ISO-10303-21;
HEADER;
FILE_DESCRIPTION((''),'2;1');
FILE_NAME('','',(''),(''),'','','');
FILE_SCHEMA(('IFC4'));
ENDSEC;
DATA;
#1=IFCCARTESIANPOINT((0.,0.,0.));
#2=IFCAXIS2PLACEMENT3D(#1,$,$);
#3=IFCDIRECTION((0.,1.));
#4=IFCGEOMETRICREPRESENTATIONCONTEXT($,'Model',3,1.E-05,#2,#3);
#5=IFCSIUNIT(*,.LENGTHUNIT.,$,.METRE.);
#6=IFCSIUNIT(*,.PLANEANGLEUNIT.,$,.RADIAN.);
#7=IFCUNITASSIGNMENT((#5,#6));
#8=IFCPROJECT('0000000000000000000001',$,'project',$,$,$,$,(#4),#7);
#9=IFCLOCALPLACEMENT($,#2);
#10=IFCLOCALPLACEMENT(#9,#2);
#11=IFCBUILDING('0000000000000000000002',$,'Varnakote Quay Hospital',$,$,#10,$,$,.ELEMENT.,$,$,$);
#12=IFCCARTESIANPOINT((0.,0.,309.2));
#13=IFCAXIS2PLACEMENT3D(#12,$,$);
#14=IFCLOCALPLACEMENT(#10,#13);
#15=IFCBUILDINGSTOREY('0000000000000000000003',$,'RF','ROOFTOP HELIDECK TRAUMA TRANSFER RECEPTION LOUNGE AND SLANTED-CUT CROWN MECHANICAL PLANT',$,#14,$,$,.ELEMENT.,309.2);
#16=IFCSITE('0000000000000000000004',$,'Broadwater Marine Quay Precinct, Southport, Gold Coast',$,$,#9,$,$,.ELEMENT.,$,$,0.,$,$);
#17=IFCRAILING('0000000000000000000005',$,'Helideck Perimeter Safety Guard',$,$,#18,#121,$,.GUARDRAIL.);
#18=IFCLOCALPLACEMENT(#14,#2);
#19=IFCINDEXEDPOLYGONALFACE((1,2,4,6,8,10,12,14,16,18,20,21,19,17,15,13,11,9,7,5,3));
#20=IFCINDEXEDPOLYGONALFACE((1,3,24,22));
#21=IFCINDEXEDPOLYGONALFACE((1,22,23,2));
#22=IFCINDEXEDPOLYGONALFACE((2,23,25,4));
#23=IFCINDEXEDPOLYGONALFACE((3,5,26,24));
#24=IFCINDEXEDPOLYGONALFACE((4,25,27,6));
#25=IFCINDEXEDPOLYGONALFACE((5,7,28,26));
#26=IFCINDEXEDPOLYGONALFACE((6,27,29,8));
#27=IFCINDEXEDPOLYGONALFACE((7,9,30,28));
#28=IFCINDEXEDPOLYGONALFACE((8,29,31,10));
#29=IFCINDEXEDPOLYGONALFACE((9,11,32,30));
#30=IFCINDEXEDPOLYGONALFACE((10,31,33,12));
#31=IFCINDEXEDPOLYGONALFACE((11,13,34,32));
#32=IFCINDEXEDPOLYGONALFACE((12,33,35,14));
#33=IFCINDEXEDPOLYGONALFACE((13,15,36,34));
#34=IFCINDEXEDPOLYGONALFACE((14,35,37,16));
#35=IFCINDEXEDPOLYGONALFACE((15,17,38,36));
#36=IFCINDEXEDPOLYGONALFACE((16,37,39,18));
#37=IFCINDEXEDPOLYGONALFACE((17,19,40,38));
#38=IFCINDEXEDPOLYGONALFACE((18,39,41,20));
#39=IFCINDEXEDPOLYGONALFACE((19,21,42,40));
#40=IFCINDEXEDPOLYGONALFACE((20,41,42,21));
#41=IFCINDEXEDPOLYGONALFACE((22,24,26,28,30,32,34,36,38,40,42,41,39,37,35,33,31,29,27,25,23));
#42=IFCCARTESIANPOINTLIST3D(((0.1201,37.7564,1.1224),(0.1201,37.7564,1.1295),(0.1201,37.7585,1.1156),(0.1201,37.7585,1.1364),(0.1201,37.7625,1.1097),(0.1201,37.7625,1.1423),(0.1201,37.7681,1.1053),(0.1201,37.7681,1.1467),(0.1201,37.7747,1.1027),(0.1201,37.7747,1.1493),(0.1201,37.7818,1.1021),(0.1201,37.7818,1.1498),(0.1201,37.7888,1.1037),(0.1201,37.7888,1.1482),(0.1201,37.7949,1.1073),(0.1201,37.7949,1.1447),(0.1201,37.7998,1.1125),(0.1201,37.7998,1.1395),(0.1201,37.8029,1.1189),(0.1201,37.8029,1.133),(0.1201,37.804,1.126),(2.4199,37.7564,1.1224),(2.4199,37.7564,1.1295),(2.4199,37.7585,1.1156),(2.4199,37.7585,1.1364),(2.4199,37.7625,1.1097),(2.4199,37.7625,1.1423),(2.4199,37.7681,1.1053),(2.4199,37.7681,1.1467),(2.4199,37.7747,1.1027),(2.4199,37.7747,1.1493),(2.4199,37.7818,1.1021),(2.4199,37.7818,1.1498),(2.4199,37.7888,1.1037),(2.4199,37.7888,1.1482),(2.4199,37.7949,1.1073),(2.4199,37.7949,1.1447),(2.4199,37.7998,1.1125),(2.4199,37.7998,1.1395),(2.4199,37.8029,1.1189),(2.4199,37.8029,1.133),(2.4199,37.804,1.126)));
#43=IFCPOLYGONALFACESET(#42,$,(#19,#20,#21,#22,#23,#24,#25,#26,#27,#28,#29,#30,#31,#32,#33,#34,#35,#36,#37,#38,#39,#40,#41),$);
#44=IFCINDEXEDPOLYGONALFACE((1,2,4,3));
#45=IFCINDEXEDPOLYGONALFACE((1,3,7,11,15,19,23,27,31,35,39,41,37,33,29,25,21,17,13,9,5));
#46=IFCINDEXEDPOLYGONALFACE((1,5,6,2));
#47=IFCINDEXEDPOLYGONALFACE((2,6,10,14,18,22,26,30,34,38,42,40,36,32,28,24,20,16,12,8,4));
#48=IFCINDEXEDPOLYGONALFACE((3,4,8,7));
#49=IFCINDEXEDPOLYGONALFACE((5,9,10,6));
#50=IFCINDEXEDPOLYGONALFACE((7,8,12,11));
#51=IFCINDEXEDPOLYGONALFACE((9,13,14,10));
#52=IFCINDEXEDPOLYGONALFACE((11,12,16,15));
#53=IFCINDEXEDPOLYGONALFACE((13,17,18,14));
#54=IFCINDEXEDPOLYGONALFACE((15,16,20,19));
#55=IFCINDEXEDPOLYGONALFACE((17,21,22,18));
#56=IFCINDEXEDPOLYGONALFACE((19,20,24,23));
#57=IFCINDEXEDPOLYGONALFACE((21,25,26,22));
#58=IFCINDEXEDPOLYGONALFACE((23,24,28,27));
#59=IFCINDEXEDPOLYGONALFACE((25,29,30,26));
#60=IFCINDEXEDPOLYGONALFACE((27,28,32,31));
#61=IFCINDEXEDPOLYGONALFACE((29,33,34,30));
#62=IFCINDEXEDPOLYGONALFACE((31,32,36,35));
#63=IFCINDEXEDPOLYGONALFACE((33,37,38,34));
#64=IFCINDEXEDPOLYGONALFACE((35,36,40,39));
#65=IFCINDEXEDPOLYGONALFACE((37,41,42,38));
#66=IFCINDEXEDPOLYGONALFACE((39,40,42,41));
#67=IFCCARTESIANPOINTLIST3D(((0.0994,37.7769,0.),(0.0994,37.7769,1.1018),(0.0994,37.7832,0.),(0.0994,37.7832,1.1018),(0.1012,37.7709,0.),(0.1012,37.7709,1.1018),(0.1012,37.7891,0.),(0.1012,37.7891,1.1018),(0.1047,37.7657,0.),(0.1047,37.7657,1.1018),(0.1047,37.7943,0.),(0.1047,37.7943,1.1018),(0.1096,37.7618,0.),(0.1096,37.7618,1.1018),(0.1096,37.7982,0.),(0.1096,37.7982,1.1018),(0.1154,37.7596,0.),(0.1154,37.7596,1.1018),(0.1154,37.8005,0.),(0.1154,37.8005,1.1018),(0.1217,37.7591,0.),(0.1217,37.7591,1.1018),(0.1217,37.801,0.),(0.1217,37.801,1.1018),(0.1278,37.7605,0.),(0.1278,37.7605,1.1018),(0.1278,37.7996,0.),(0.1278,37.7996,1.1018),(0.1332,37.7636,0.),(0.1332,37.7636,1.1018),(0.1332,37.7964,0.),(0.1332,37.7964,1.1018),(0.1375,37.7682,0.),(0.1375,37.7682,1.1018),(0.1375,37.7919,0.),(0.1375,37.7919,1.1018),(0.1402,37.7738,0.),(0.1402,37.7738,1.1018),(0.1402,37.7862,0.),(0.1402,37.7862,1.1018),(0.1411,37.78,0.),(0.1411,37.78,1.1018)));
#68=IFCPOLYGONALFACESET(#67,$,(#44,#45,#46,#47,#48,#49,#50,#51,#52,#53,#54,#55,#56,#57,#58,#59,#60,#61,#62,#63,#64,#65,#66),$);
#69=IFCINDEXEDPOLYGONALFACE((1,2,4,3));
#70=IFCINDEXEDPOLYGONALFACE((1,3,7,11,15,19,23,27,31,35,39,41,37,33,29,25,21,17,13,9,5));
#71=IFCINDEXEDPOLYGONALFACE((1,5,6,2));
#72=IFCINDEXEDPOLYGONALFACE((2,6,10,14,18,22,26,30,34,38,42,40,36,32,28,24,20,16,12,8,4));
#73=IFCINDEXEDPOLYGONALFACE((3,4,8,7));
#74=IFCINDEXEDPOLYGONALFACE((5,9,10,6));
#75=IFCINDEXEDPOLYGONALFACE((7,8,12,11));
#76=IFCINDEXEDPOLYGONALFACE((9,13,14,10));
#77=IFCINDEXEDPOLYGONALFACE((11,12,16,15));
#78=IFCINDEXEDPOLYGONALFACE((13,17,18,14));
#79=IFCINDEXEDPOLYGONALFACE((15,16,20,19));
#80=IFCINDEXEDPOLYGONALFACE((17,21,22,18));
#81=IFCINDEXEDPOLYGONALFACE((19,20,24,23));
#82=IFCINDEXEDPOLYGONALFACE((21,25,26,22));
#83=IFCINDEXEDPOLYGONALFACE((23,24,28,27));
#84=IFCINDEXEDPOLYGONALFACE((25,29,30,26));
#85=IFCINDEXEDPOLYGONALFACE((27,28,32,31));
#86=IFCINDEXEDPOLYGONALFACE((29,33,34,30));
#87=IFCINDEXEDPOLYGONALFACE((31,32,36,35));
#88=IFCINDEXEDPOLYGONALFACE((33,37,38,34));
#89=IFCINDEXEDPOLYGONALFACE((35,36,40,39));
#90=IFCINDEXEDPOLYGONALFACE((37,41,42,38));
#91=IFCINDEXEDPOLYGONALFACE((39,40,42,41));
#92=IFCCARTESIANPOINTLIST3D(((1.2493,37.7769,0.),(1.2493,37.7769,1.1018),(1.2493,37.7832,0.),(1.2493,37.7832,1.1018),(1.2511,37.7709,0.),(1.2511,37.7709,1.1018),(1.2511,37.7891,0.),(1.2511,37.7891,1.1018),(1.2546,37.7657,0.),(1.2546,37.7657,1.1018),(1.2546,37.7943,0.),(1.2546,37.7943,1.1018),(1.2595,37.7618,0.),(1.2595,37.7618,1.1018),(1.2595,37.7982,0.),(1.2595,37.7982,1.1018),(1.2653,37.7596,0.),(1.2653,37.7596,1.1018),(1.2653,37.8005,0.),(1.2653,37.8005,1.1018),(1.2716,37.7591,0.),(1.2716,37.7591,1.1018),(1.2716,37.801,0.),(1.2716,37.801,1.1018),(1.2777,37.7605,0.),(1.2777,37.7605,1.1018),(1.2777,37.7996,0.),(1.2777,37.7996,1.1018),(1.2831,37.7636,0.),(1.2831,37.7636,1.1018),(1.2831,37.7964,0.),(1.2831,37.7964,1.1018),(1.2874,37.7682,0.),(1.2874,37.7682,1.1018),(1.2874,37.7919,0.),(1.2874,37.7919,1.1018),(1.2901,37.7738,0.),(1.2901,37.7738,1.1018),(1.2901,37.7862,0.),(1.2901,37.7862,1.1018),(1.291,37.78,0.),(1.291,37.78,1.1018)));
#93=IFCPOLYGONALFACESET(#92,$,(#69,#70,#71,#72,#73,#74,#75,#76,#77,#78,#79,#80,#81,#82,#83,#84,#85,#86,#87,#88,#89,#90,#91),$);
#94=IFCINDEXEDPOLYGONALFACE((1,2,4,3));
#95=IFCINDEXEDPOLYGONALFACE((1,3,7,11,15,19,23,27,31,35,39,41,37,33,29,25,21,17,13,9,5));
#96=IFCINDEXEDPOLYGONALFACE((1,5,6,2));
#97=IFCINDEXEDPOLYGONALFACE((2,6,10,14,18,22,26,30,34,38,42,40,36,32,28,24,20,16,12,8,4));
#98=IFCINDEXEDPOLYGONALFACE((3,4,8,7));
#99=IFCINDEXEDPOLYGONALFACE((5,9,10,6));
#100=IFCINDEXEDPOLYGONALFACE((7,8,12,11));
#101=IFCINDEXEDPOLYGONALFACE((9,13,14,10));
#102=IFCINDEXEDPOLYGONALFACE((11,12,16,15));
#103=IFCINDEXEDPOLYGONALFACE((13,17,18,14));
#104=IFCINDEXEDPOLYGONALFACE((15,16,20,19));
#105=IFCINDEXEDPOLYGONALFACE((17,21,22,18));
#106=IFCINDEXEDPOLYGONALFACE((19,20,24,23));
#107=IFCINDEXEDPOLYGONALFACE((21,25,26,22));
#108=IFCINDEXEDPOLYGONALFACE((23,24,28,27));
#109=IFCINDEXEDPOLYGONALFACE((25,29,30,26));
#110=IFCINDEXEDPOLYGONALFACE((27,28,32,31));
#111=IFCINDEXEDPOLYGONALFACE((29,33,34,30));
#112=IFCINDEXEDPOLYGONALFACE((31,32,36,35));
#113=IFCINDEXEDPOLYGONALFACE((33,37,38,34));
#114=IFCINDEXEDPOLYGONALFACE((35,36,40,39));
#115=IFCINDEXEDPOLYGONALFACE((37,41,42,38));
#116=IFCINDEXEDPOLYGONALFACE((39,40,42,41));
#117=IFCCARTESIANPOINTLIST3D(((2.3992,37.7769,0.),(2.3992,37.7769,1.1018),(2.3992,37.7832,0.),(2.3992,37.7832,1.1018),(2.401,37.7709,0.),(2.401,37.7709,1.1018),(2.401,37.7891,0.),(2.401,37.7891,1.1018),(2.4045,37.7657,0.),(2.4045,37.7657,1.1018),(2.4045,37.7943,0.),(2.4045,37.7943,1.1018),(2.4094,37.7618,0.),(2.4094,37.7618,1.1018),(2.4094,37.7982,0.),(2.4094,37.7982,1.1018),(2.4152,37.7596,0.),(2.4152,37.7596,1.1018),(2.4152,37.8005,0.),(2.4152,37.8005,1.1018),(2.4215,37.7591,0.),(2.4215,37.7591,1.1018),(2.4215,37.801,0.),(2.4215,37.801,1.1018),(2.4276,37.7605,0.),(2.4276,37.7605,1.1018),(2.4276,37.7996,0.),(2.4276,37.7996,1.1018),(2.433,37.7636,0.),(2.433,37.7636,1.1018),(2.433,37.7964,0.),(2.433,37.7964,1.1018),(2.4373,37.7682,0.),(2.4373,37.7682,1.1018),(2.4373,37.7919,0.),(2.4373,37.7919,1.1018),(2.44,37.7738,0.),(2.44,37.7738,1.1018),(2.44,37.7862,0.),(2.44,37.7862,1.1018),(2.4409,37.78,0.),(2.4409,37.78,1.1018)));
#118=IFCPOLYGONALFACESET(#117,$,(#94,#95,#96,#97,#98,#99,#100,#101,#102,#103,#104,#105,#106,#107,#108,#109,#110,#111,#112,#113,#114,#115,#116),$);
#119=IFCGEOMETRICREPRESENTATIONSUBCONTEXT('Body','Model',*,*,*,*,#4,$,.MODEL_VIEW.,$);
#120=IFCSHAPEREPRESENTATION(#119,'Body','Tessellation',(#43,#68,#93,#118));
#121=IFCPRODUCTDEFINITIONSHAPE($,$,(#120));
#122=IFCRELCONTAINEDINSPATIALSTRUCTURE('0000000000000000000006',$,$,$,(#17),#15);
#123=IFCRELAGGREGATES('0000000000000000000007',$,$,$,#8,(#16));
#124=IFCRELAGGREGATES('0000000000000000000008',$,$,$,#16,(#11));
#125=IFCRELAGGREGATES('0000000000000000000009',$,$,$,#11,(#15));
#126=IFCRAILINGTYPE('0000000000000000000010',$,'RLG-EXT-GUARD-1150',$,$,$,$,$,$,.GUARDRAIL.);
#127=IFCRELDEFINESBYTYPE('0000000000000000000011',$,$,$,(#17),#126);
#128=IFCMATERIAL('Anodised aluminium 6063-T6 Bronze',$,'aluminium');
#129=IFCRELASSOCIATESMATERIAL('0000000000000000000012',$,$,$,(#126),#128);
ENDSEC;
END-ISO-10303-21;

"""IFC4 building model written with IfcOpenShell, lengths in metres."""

from ifc_helpers import new_model, si_unit, direction, frame, origin, origin_2d, place, context, subcontext, project, spatial, circle, extrude, material, type_object, element, save


model = new_model("IFC4")

# Units and contexts
model_context = context("Model", 3, precision=1e-05, world=origin(), true_north=direction((0.0, 1.0)))
body_context = subcontext(model_context, "Body", "Model", "MODEL_VIEW")
ifc_project = project(units=[si_unit("LENGTHUNIT", "METRE"), si_unit("PLANEANGLEUNIT", "RADIAN")], contexts=[model_context])

# Site, building, storey
site_placement = place(None, origin())
site = spatial("IfcSite", under=ifc_project, at=site_placement, Name="Broadwater Marine Quay Precinct, Southport, Gold Coast", CompositionType="ELEMENT", RefElevation=0.0)
building_placement = place(site_placement, origin())
building = spatial("IfcBuilding", under=site, at=building_placement, Name="Varnakote Quay Hospital", CompositionType="ELEMENT")
storey_placement = place(building_placement, frame((0.0, 0.0, 309.2)))
storey = spatial("IfcBuildingStorey", under=building, at=storey_placement, Name="RF", Description="ROOFTOP HELIDECK TRAUMA TRANSFER RECEPTION LOUNGE AND SLANTED-CUT CROWN MECHANICAL PLANT", CompositionType="ELEMENT", Elevation=309.2)

# Railing
ifc_material_1 = material(Name="Anodised aluminium 6063-T6 Bronze", Category="aluminium")
railing_type = type_object("IfcRailingType", Name="RLG-EXT-GUARD-1150", PredefinedType="GUARDRAIL", material=ifc_material_1)
railing_1_placement = place(storey_placement, frame((0.1201, 37.78, 0.0)))
element("IfcRailing", 1, at=railing_1_placement, inside=storey, type_object=railing_type, Name="Helideck Perimeter Safety Guard", PredefinedType="GUARDRAIL", context=body_context, shape_type="SweptSolid", body=[
    extrude(circle(Radius=0.0239, at=origin_2d()), frame((0.0, 0.0, 1.126), z_axis=(1.0, 0.0, 0.0), x_axis=(0.0, 1.0, 0.0)), (0.0, 0.0, 1.0), 2.2998),
    extrude(circle(Radius=0.021, at=origin_2d()), origin(), (0.0, 0.0, 1.0), 1.1018),
    extrude(circle(Radius=0.021, at=origin_2d()), frame((1.1499, 0.0, 0.0)), (0.0, 0.0, 1.0), 1.1018),
    extrude(circle(Radius=0.021, at=origin_2d()), frame((2.2998, 0.0, 0.0)), (0.0, 0.0, 1.0), 1.1018),
])

save(model, "model.ifc")
